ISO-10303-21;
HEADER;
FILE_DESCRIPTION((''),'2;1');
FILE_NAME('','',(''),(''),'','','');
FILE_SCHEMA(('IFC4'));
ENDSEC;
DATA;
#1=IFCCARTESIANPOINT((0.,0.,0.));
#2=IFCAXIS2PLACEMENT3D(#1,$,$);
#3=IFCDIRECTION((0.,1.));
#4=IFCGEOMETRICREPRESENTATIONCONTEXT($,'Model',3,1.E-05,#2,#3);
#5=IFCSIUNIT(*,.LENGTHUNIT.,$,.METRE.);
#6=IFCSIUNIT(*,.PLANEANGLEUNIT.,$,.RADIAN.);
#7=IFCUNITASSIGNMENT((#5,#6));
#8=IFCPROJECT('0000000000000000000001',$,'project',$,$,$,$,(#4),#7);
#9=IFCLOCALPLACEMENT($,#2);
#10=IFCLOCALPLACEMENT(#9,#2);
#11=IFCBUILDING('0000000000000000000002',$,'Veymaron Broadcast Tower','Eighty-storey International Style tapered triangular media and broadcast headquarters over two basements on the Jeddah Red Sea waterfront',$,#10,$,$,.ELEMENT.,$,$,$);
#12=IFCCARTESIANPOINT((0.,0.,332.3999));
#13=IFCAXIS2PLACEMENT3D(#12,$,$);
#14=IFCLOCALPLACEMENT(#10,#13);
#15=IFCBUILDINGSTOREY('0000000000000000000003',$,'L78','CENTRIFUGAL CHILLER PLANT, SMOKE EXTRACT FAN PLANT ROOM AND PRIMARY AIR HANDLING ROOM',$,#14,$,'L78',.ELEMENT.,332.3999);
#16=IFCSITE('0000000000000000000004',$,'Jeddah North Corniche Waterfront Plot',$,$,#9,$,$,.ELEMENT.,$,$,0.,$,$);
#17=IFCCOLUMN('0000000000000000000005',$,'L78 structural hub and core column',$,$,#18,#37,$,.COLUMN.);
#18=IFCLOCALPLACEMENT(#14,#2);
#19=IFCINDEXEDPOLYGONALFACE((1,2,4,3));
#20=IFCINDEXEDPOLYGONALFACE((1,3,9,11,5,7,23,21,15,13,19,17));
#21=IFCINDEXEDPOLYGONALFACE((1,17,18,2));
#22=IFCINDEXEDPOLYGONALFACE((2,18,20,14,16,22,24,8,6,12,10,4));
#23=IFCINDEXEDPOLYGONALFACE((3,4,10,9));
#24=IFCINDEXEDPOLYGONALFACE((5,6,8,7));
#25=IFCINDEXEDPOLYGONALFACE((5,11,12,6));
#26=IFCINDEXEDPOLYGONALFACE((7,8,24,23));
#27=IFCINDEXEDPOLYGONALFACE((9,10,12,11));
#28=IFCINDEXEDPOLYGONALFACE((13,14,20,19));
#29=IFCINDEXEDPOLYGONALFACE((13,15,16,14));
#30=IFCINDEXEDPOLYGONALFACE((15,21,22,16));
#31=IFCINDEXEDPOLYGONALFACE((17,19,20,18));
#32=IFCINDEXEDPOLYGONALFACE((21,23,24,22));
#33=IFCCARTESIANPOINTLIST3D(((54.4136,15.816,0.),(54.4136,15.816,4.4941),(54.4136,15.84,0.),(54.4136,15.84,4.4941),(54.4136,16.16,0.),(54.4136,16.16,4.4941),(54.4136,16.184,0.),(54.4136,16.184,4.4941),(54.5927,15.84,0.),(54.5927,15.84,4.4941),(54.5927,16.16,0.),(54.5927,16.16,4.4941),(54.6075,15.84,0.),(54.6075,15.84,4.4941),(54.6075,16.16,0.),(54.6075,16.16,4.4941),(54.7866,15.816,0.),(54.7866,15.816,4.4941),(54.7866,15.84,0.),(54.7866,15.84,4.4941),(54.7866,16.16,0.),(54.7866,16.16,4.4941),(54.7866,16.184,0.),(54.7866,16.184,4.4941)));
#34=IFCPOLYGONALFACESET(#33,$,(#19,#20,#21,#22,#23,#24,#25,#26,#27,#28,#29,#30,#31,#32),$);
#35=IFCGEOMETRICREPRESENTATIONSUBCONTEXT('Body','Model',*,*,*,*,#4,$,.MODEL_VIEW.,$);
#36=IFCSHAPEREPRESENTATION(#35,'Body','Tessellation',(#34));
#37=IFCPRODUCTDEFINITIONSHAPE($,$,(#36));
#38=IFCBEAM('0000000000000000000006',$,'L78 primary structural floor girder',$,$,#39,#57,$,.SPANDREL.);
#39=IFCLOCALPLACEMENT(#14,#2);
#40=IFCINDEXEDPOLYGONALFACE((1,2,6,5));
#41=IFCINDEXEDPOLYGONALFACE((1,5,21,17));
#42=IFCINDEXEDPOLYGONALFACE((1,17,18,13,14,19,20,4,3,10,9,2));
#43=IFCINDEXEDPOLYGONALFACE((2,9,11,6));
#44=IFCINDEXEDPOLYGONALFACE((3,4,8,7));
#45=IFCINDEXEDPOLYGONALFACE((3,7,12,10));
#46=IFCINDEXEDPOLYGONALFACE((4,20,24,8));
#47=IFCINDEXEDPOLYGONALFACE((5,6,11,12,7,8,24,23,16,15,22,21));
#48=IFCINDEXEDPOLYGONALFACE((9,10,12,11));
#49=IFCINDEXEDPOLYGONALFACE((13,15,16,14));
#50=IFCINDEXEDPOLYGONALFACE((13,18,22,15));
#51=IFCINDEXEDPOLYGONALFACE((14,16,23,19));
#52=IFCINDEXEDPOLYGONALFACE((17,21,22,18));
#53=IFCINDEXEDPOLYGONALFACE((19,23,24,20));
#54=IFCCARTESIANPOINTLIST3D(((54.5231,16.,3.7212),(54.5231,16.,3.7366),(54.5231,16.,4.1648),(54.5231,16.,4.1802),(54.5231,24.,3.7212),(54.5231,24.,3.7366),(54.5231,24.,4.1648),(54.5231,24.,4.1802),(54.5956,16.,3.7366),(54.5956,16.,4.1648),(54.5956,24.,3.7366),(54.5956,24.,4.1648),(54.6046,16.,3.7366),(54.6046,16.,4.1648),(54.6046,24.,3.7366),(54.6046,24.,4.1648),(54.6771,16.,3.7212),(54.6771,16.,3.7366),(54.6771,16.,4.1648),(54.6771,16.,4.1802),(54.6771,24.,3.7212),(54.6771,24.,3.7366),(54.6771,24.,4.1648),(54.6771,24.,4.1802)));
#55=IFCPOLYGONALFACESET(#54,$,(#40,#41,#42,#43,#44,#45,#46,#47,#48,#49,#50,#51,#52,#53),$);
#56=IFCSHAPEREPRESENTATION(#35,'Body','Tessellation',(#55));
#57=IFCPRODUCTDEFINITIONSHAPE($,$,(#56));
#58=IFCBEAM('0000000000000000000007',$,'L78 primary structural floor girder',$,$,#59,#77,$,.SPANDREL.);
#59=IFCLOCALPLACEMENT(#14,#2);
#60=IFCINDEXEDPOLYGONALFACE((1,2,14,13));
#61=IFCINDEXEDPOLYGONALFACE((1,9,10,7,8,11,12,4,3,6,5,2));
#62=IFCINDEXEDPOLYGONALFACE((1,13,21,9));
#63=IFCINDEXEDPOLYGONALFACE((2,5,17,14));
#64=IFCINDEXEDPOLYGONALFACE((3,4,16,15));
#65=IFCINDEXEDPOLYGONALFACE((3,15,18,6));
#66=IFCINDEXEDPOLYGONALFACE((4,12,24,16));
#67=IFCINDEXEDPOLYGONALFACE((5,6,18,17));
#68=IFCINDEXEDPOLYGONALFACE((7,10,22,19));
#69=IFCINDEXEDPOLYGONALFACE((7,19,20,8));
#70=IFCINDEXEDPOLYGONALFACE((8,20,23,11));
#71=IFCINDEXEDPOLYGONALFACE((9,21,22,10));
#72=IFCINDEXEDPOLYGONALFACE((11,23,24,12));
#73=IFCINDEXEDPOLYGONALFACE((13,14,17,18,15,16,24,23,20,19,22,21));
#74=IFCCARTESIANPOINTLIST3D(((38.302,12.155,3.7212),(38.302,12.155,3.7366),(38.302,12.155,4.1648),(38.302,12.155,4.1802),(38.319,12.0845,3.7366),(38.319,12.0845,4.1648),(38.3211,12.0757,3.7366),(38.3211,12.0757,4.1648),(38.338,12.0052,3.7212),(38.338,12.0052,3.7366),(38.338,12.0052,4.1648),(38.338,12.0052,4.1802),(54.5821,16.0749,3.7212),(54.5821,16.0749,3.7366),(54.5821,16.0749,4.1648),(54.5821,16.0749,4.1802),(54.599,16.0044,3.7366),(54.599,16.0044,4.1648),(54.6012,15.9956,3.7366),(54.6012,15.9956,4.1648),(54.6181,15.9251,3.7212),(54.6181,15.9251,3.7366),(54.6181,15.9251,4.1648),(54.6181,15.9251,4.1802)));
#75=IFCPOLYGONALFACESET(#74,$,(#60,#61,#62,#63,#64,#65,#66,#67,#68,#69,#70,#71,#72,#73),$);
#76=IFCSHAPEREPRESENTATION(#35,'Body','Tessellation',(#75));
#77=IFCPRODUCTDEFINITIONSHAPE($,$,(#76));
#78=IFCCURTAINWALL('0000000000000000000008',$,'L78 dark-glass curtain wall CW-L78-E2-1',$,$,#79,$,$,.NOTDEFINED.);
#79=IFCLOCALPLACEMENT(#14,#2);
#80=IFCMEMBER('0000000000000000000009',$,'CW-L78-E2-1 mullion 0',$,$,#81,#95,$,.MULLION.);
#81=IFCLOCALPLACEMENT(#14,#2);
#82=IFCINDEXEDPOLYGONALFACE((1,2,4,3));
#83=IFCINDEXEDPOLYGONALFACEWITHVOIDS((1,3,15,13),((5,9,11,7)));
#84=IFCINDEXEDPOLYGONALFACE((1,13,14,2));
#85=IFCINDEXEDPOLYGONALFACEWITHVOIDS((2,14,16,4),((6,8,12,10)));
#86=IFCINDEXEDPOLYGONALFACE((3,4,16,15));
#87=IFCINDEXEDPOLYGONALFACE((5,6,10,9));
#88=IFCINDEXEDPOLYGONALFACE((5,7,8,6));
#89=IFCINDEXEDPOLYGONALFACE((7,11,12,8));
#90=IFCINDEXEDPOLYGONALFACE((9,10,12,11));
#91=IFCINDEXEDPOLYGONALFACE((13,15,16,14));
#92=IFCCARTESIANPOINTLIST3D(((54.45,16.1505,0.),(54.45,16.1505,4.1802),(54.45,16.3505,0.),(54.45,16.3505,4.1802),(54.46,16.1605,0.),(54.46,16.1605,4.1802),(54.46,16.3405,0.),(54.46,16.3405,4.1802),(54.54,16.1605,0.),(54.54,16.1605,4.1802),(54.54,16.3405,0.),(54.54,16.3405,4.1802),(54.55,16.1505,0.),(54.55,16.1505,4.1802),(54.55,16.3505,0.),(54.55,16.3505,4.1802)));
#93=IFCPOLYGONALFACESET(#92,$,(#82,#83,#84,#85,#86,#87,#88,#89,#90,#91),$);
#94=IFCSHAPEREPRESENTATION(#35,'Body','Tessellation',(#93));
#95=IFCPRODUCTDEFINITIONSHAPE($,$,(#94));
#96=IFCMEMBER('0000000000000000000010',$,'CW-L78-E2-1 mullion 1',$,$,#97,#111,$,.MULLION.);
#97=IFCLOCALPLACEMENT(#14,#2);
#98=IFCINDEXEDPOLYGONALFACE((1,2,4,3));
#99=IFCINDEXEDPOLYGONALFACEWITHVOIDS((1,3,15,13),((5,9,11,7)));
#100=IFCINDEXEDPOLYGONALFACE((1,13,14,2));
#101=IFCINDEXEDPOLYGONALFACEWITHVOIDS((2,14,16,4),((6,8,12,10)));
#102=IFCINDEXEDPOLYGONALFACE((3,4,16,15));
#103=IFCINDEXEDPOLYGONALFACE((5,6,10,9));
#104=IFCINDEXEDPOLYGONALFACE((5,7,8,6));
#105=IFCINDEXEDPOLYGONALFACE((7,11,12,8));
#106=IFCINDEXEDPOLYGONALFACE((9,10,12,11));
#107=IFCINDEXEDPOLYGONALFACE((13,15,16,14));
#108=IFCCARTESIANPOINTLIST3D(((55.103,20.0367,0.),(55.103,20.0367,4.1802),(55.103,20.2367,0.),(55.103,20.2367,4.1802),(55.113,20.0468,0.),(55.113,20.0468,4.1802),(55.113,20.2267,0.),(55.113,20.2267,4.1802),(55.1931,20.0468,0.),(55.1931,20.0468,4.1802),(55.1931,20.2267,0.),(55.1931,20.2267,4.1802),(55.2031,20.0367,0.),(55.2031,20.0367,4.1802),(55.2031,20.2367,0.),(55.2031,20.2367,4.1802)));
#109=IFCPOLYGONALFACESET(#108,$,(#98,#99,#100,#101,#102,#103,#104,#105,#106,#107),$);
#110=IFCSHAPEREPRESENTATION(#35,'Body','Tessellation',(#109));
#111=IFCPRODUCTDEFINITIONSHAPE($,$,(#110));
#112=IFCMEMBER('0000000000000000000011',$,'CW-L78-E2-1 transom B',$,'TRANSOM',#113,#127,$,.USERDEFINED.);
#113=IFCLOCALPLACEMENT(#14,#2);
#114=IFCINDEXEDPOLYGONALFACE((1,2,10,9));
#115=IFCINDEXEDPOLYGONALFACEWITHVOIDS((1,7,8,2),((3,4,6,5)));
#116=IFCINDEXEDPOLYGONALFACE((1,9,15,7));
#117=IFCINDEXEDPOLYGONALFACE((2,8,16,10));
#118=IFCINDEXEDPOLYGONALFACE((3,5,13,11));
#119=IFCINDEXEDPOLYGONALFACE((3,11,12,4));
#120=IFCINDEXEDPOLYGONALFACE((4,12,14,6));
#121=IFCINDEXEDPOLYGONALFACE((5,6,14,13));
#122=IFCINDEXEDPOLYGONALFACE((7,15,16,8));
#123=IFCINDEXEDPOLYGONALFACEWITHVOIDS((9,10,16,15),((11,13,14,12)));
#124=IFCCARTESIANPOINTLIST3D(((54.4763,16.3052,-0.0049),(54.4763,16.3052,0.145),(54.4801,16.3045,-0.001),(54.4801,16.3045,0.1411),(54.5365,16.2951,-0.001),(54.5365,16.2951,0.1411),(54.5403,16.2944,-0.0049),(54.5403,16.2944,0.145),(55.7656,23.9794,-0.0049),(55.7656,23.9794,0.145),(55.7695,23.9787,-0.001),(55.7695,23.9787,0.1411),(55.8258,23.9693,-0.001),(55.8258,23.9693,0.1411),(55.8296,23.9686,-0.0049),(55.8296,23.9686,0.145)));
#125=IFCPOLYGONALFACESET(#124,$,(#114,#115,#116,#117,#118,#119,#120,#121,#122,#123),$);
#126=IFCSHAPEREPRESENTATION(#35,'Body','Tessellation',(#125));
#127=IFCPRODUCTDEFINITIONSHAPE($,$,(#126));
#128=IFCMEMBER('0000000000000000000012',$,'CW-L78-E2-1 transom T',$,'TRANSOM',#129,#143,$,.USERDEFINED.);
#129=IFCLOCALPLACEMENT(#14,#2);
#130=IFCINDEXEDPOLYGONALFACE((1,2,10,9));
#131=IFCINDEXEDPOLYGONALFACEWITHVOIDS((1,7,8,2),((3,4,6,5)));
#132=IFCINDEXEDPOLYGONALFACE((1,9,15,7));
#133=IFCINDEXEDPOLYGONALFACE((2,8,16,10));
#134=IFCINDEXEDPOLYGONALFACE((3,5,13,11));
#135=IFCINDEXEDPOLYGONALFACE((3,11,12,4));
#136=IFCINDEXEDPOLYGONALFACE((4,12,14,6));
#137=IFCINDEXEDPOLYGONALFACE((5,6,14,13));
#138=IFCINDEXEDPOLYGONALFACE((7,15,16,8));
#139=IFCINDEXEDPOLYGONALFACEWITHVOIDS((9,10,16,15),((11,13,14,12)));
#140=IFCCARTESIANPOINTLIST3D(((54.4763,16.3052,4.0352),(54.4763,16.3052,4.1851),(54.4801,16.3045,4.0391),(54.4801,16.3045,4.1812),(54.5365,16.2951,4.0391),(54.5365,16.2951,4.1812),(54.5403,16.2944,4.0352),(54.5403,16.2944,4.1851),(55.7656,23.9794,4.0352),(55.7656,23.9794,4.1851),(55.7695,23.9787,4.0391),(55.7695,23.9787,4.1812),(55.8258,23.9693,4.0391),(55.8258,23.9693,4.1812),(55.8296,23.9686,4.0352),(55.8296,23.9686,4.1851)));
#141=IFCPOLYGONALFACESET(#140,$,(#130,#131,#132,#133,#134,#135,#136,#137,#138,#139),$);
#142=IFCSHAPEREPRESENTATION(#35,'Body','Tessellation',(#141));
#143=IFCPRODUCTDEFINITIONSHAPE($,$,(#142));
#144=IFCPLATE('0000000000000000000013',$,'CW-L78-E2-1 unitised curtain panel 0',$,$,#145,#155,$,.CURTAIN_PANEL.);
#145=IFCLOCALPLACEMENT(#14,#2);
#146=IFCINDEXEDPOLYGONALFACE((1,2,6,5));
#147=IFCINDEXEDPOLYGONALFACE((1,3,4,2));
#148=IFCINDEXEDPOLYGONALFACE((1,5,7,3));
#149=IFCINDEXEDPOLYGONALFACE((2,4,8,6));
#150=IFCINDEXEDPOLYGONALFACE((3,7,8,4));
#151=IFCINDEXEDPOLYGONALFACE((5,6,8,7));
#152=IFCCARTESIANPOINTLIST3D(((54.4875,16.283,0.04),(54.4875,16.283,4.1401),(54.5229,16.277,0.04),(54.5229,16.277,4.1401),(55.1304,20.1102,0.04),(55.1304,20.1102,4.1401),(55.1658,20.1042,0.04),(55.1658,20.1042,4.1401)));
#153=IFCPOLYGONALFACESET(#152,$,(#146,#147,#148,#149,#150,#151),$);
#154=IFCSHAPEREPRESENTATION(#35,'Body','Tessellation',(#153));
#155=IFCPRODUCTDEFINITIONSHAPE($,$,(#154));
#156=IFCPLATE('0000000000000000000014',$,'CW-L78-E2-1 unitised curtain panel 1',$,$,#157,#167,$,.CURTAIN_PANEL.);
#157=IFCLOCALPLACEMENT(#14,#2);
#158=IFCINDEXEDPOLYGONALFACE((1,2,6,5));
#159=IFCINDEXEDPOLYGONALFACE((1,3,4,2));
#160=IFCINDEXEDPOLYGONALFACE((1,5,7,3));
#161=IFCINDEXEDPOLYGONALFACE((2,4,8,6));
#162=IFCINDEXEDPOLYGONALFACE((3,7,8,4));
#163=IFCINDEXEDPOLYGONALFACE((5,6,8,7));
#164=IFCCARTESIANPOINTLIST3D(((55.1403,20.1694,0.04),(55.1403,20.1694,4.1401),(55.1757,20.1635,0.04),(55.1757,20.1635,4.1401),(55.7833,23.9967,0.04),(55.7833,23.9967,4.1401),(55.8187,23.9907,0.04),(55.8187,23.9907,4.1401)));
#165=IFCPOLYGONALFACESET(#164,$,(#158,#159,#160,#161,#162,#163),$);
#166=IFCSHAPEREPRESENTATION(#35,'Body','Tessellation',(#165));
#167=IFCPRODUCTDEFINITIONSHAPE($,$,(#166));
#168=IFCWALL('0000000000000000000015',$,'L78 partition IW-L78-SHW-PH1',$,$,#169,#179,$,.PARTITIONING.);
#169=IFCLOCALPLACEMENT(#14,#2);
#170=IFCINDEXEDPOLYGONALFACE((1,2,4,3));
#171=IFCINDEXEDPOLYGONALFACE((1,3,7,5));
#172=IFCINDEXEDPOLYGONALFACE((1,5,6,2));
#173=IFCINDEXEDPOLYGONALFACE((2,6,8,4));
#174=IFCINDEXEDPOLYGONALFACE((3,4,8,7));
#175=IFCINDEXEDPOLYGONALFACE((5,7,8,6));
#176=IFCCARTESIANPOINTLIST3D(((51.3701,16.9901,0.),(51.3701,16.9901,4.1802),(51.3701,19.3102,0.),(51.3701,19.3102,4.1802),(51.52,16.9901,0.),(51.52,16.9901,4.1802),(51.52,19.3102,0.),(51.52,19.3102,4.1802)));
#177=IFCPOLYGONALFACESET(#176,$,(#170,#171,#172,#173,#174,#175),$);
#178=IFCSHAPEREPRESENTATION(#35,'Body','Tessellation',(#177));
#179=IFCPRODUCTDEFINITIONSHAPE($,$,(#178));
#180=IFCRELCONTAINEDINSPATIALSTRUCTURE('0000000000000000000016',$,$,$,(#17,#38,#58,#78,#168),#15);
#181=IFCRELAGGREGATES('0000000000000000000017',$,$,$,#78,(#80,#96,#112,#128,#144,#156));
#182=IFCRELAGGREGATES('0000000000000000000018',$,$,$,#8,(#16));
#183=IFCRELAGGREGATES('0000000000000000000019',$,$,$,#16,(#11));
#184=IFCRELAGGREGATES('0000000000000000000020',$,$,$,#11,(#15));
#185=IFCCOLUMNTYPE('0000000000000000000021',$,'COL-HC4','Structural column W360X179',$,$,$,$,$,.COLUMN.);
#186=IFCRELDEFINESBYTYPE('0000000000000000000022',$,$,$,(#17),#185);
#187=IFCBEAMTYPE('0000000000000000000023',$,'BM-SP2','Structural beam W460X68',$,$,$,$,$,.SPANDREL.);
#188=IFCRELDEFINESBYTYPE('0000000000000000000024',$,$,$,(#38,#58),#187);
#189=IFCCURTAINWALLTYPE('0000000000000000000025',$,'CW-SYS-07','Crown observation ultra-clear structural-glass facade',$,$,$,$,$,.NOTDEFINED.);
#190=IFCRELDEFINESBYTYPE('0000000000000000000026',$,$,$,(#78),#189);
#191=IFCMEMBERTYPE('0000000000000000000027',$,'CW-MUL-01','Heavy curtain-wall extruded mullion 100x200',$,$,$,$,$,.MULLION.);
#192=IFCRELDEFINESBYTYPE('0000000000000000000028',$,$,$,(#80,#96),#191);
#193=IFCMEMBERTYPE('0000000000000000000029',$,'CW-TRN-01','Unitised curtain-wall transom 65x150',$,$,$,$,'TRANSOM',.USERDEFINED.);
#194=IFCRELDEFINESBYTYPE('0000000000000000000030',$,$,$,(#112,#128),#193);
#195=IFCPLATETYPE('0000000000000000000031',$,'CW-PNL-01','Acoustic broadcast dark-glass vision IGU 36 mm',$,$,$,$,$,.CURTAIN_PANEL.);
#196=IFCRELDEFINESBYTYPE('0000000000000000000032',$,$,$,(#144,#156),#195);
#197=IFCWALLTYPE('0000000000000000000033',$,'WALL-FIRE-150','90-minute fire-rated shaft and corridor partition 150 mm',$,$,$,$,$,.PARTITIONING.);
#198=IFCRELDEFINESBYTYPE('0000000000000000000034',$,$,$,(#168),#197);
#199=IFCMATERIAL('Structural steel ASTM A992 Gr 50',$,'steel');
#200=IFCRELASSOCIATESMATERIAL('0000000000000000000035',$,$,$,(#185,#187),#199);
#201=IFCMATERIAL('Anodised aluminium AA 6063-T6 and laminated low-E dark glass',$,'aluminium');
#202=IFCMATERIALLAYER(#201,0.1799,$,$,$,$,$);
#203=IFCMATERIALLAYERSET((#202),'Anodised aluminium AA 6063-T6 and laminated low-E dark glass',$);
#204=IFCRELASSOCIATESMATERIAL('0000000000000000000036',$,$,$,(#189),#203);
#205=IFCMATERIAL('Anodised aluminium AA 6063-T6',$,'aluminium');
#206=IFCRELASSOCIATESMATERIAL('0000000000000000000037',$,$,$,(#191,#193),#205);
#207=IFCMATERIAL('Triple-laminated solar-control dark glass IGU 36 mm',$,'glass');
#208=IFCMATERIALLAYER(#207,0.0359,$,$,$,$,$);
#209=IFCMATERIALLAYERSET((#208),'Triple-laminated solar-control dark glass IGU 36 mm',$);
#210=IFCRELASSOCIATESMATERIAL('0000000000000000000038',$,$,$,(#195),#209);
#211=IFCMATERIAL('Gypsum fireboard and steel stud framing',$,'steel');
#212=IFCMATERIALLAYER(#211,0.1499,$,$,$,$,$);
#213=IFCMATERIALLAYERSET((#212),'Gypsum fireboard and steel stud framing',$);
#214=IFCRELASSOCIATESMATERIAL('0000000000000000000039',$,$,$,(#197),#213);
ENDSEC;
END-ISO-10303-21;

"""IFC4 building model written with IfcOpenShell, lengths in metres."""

from ifc_helpers import new_model, si_unit, direction, frame, frame_2d, origin, origin_2d, place, context, subcontext, project, spatial, rectangle, hollow_rectangle, i_section, extrude, material, layer, layer_set, material_profile, profile_set, type_object, element, aggregate, save


model = new_model("IFC4")

# Units and contexts
model_context = context("Model", 3, precision=1e-05, world=origin(), true_north=direction((0.0, 1.0)))
body_context = subcontext(model_context, "Body", "Model", "MODEL_VIEW")
ifc_project = project(units=[si_unit("LENGTHUNIT", "METRE"), si_unit("PLANEANGLEUNIT", "RADIAN")], contexts=[model_context])

# Site, building, storey
site_placement = place(None, origin())
site = spatial("IfcSite", under=ifc_project, at=site_placement, Name="Jeddah North Corniche Waterfront Plot", CompositionType="ELEMENT", RefElevation=0.0)
building_placement = place(site_placement, origin())
building = spatial("IfcBuilding", under=site, at=building_placement, Name="Veymaron Broadcast Tower", Description="Eighty-storey International Style tapered triangular media and broadcast headquarters over two basements on the Jeddah Red Sea waterfront", CompositionType="ELEMENT")
storey_placement = place(building_placement, frame((0.0, 0.0, 332.3999)))
storey = spatial("IfcBuildingStorey", under=building, at=storey_placement, Name="L78", Description="CENTRIFUGAL CHILLER PLANT, SMOKE EXTRACT FAN PLANT ROOM AND PRIMARY AIR HANDLING ROOM", LongName="L78", CompositionType="ELEMENT", Elevation=332.3999)

# Column
ifc_material_1 = material(Name="Structural steel ASTM A992 Gr 50", Category="steel")
ifc_material_profile_1 = material_profile(ifc_material_1, i_section(OverallWidth=0.373, OverallDepth=0.3679, WebThickness=0.0149, FlangeThickness=0.0239, at=origin_2d()), Name="W360X179")
ifc_profile_set_1 = profile_set([ifc_material_profile_1], Name="Structural steel ASTM A992 Gr 50")
column_type = type_object("IfcColumnType", Name="COL-HC4", Description="Structural column W360X179", PredefinedType="COLUMN", material=ifc_profile_set_1)
column_placement = place(storey_placement, frame((54.6001, 16.0, 0.0), z_axis=(0.0, 0.0, 1.0), x_axis=(1.0, 0.0, 0.0)))
element("IfcColumn", 1, at=column_placement, inside=storey, type_object=column_type, Name="L78 structural hub and core column", PredefinedType="COLUMN", context=body_context, shape_type="SweptSolid", body=[
    extrude(i_section(OverallWidth=0.373, OverallDepth=0.3679, WebThickness=0.0149, FlangeThickness=0.0239, at=origin_2d()), origin(), (0.0, 0.0, 1.0), 4.4941),
])

# Beams
ifc_material_profile_2 = material_profile(ifc_material_1, i_section(OverallWidth=0.1541, OverallDepth=0.459, WebThickness=0.009, FlangeThickness=0.0154, at=origin_2d()), Name="W460X68")
ifc_profile_set_2 = profile_set([ifc_material_profile_2], Name="Structural steel ASTM A992 Gr 50")
beam_type = type_object("IfcBeamType", Name="BM-SP2", Description="Structural beam W460X68", PredefinedType="SPANDREL", material=ifc_profile_set_2)
beam_1_placement = place(storey_placement, frame((54.6001, 16.0, 3.9507), z_axis=(0.0, 1.0, 0.0), x_axis=(-1.0, 0.0, 0.0)))
element("IfcBeam", 2, at=beam_1_placement, inside=storey, type_object=beam_type, Name="L78 primary structural floor girder", PredefinedType="SPANDREL", context=body_context, shape_type="SweptSolid", body=[
    extrude(i_section(OverallWidth=0.1541, OverallDepth=0.459, WebThickness=0.009, FlangeThickness=0.0154, at=origin_2d()), origin(), (0.0, 0.0, 1.0), 8.0),
])
beam_2_placement = place(storey_placement, frame((54.6001, 16.0, 3.9507), z_axis=(-0.972215, -0.234091, 0.0), x_axis=(0.234091, -0.972215, 0.0)))
element("IfcBeam", 3, at=beam_2_placement, inside=storey, type_object=beam_type, Name="L78 primary structural floor girder", PredefinedType="SPANDREL", context=body_context, shape_type="SweptSolid", body=[
    extrude(i_section(OverallWidth=0.1541, OverallDepth=0.459, WebThickness=0.009, FlangeThickness=0.0154, at=origin_2d()), origin(), (0.0, 0.0, 1.0), 16.7454),
])

# Curtain wall, members, plates
ifc_material_2 = material(Name="Anodised aluminium AA 6063-T6 and laminated low-E dark glass", Category="aluminium")
ifc_layer_1 = layer(ifc_material_2, 0.1799)
ifc_layer_set_1 = layer_set([ifc_layer_1], Name="Anodised aluminium AA 6063-T6 and laminated low-E dark glass")
curtain_wall_type = type_object("IfcCurtainWallType", Name="CW-SYS-07", Description="Crown observation ultra-clear structural-glass facade", PredefinedType="NOTDEFINED", material=ifc_layer_set_1)
curtain_wall_placement = place(storey_placement, origin())
curtain_wall = element("IfcCurtainWall", 4, at=curtain_wall_placement, inside=storey, type_object=curtain_wall_type, Name="L78 dark-glass curtain wall CW-L78-E2-1", PredefinedType="NOTDEFINED")
ifc_material_3 = material(Name="Anodised aluminium AA 6063-T6", Category="aluminium")
ifc_material_profile_3 = material_profile(ifc_material_3, hollow_rectangle(XDim=0.1001, YDim=0.2, WallThickness=0.01, at=origin_2d()), Name="RHS200X100X10")
ifc_profile_set_3 = profile_set([ifc_material_profile_3], Name="Anodised aluminium AA 6063-T6")
member_type_1 = type_object("IfcMemberType", Name="CW-MUL-01", Description="Heavy curtain-wall extruded mullion 100x200", PredefinedType="MULLION", material=ifc_profile_set_3)
member_1_placement = place(storey_placement, frame((54.5, 16.2505, 0.0), z_axis=(0.0, 0.0, 1.0), x_axis=(1.0, 0.0, 0.0)))
member_1 = element("IfcMember", 5, at=member_1_placement, type_object=member_type_1, Name="CW-L78-E2-1 mullion 0", PredefinedType="MULLION", context=body_context, shape_type="SweptSolid", body=[
    extrude(hollow_rectangle(XDim=0.1001, YDim=0.2, WallThickness=0.01, at=origin_2d()), origin(), (0.0, 0.0, 1.0), 4.1802),
])
member_2_placement = place(storey_placement, frame((55.1531, 20.1367, 0.0), z_axis=(0.0, 0.0, 1.0), x_axis=(1.0, 0.0, 0.0)))
member_2 = element("IfcMember", 6, at=member_2_placement, type_object=member_type_1, Name="CW-L78-E2-1 mullion 1", PredefinedType="MULLION", context=body_context, shape_type="SweptSolid", body=[
    extrude(hollow_rectangle(XDim=0.1001, YDim=0.2, WallThickness=0.01, at=origin_2d()), origin(), (0.0, 0.0, 1.0), 4.1802),
])
ifc_material_profile_4 = material_profile(ifc_material_3, hollow_rectangle(XDim=0.0649, YDim=0.1499, WallThickness=0.0039, at=origin_2d()), Name="AL150X65X4")
ifc_profile_set_4 = profile_set([ifc_material_profile_4], Name="Anodised aluminium AA 6063-T6")
member_type_2 = type_object("IfcMemberType", Name="CW-TRN-01", Description="Unitised curtain-wall transom 65x150", ElementType="TRANSOM", PredefinedType="USERDEFINED", material=ifc_profile_set_4)
member_3_placement = place(storey_placement, frame((54.5083, 16.2998, 0.0701), z_axis=(0.165686, 0.986179, 0.0), x_axis=(-0.986179, 0.165686, 0.0)))
member_3 = element("IfcMember", 7, at=member_3_placement, type_object=member_type_2, Name="CW-L78-E2-1 transom B", ObjectType="TRANSOM", PredefinedType="USERDEFINED", context=body_context, shape_type="SweptSolid", body=[
    extrude(hollow_rectangle(XDim=0.0649, YDim=0.1499, WallThickness=0.0039, at=origin_2d()), origin(), (0.0, 0.0, 1.0), 7.7817),
])
member_4_placement = place(storey_placement, frame((54.5083, 16.2998, 4.1101), z_axis=(0.165686, 0.986179, 0.0), x_axis=(-0.986179, 0.165686, 0.0)))
member_4 = element("IfcMember", 8, at=member_4_placement, type_object=member_type_2, Name="CW-L78-E2-1 transom T", ObjectType="TRANSOM", PredefinedType="USERDEFINED", context=body_context, shape_type="SweptSolid", body=[
    extrude(hollow_rectangle(XDim=0.0649, YDim=0.1499, WallThickness=0.0039, at=origin_2d()), origin(), (0.0, 0.0, 1.0), 7.7817),
])
ifc_material_4 = material(Name="Triple-laminated solar-control dark glass IGU 36 mm", Category="glass")
ifc_layer_2 = layer(ifc_material_4, 0.0359)
ifc_layer_set_2 = layer_set([ifc_layer_2], Name="Triple-laminated solar-control dark glass IGU 36 mm")
plate_type = type_object("IfcPlateType", Name="CW-PNL-01", Description="Acoustic broadcast dark-glass vision IGU 36 mm", PredefinedType="CURTAIN_PANEL", material=ifc_layer_set_2)
plate_1_placement = place(storey_placement, frame((54.8267, 18.1936, 0.04), z_axis=(0.0, 0.0, 1.0), x_axis=(0.165667, 0.986182, 0.0)))
plate_1 = element("IfcPlate", 9, at=plate_1_placement, type_object=plate_type, Name="CW-L78-E2-1 unitised curtain panel 0", PredefinedType="CURTAIN_PANEL", context=body_context, shape_type="SweptSolid", body=[
    extrude(rectangle(XDim=3.8809, YDim=0.0359, at=origin_2d()), origin(), (0.0, 0.0, 1.0), 4.1001),
])
plate_2_placement = place(storey_placement, frame((55.4795, 22.0801, 0.04), z_axis=(0.0, 0.0, 1.0), x_axis=(0.165667, 0.986182, 0.0)))
plate_2 = element("IfcPlate", 10, at=plate_2_placement, type_object=plate_type, Name="CW-L78-E2-1 unitised curtain panel 1", PredefinedType="CURTAIN_PANEL", context=body_context, shape_type="SweptSolid", body=[
    extrude(rectangle(XDim=3.8809, YDim=0.0359, at=origin_2d()), origin(), (0.0, 0.0, 1.0), 4.1001),
])
aggregate(curtain_wall, [member_1, member_2, member_3, member_4, plate_1, plate_2])

# Wall
ifc_material_5 = material(Name="Gypsum fireboard and steel stud framing", Category="steel")
ifc_layer_3 = layer(ifc_material_5, 0.1499)
ifc_layer_set_3 = layer_set([ifc_layer_3], Name="Gypsum fireboard and steel stud framing")
wall_type_1 = type_object("IfcWallType", Name="WALL-FIRE-150", Description="90-minute fire-rated shaft and corridor partition 150 mm", PredefinedType="PARTITIONING", material=ifc_layer_set_3)
wall_1_placement = place(storey_placement, frame((51.4451, 16.99, 0.0), z_axis=(0.0, 0.0, 1.0), x_axis=(0.0, 1.0, 0.0)))
element("IfcWall", 11, at=wall_1_placement, inside=storey, type_object=wall_type_1, Name="L78 partition IW-L78-SHW-PH1", PredefinedType="PARTITIONING", context=body_context, shape_type="SweptSolid", body=[
    extrude(rectangle(XDim=2.3201, YDim=0.1499, at=frame_2d((1.1602, 0.0))), origin(), (0.0, 0.0, 1.0), 4.1802),
])

save(model, "model.ifc")
